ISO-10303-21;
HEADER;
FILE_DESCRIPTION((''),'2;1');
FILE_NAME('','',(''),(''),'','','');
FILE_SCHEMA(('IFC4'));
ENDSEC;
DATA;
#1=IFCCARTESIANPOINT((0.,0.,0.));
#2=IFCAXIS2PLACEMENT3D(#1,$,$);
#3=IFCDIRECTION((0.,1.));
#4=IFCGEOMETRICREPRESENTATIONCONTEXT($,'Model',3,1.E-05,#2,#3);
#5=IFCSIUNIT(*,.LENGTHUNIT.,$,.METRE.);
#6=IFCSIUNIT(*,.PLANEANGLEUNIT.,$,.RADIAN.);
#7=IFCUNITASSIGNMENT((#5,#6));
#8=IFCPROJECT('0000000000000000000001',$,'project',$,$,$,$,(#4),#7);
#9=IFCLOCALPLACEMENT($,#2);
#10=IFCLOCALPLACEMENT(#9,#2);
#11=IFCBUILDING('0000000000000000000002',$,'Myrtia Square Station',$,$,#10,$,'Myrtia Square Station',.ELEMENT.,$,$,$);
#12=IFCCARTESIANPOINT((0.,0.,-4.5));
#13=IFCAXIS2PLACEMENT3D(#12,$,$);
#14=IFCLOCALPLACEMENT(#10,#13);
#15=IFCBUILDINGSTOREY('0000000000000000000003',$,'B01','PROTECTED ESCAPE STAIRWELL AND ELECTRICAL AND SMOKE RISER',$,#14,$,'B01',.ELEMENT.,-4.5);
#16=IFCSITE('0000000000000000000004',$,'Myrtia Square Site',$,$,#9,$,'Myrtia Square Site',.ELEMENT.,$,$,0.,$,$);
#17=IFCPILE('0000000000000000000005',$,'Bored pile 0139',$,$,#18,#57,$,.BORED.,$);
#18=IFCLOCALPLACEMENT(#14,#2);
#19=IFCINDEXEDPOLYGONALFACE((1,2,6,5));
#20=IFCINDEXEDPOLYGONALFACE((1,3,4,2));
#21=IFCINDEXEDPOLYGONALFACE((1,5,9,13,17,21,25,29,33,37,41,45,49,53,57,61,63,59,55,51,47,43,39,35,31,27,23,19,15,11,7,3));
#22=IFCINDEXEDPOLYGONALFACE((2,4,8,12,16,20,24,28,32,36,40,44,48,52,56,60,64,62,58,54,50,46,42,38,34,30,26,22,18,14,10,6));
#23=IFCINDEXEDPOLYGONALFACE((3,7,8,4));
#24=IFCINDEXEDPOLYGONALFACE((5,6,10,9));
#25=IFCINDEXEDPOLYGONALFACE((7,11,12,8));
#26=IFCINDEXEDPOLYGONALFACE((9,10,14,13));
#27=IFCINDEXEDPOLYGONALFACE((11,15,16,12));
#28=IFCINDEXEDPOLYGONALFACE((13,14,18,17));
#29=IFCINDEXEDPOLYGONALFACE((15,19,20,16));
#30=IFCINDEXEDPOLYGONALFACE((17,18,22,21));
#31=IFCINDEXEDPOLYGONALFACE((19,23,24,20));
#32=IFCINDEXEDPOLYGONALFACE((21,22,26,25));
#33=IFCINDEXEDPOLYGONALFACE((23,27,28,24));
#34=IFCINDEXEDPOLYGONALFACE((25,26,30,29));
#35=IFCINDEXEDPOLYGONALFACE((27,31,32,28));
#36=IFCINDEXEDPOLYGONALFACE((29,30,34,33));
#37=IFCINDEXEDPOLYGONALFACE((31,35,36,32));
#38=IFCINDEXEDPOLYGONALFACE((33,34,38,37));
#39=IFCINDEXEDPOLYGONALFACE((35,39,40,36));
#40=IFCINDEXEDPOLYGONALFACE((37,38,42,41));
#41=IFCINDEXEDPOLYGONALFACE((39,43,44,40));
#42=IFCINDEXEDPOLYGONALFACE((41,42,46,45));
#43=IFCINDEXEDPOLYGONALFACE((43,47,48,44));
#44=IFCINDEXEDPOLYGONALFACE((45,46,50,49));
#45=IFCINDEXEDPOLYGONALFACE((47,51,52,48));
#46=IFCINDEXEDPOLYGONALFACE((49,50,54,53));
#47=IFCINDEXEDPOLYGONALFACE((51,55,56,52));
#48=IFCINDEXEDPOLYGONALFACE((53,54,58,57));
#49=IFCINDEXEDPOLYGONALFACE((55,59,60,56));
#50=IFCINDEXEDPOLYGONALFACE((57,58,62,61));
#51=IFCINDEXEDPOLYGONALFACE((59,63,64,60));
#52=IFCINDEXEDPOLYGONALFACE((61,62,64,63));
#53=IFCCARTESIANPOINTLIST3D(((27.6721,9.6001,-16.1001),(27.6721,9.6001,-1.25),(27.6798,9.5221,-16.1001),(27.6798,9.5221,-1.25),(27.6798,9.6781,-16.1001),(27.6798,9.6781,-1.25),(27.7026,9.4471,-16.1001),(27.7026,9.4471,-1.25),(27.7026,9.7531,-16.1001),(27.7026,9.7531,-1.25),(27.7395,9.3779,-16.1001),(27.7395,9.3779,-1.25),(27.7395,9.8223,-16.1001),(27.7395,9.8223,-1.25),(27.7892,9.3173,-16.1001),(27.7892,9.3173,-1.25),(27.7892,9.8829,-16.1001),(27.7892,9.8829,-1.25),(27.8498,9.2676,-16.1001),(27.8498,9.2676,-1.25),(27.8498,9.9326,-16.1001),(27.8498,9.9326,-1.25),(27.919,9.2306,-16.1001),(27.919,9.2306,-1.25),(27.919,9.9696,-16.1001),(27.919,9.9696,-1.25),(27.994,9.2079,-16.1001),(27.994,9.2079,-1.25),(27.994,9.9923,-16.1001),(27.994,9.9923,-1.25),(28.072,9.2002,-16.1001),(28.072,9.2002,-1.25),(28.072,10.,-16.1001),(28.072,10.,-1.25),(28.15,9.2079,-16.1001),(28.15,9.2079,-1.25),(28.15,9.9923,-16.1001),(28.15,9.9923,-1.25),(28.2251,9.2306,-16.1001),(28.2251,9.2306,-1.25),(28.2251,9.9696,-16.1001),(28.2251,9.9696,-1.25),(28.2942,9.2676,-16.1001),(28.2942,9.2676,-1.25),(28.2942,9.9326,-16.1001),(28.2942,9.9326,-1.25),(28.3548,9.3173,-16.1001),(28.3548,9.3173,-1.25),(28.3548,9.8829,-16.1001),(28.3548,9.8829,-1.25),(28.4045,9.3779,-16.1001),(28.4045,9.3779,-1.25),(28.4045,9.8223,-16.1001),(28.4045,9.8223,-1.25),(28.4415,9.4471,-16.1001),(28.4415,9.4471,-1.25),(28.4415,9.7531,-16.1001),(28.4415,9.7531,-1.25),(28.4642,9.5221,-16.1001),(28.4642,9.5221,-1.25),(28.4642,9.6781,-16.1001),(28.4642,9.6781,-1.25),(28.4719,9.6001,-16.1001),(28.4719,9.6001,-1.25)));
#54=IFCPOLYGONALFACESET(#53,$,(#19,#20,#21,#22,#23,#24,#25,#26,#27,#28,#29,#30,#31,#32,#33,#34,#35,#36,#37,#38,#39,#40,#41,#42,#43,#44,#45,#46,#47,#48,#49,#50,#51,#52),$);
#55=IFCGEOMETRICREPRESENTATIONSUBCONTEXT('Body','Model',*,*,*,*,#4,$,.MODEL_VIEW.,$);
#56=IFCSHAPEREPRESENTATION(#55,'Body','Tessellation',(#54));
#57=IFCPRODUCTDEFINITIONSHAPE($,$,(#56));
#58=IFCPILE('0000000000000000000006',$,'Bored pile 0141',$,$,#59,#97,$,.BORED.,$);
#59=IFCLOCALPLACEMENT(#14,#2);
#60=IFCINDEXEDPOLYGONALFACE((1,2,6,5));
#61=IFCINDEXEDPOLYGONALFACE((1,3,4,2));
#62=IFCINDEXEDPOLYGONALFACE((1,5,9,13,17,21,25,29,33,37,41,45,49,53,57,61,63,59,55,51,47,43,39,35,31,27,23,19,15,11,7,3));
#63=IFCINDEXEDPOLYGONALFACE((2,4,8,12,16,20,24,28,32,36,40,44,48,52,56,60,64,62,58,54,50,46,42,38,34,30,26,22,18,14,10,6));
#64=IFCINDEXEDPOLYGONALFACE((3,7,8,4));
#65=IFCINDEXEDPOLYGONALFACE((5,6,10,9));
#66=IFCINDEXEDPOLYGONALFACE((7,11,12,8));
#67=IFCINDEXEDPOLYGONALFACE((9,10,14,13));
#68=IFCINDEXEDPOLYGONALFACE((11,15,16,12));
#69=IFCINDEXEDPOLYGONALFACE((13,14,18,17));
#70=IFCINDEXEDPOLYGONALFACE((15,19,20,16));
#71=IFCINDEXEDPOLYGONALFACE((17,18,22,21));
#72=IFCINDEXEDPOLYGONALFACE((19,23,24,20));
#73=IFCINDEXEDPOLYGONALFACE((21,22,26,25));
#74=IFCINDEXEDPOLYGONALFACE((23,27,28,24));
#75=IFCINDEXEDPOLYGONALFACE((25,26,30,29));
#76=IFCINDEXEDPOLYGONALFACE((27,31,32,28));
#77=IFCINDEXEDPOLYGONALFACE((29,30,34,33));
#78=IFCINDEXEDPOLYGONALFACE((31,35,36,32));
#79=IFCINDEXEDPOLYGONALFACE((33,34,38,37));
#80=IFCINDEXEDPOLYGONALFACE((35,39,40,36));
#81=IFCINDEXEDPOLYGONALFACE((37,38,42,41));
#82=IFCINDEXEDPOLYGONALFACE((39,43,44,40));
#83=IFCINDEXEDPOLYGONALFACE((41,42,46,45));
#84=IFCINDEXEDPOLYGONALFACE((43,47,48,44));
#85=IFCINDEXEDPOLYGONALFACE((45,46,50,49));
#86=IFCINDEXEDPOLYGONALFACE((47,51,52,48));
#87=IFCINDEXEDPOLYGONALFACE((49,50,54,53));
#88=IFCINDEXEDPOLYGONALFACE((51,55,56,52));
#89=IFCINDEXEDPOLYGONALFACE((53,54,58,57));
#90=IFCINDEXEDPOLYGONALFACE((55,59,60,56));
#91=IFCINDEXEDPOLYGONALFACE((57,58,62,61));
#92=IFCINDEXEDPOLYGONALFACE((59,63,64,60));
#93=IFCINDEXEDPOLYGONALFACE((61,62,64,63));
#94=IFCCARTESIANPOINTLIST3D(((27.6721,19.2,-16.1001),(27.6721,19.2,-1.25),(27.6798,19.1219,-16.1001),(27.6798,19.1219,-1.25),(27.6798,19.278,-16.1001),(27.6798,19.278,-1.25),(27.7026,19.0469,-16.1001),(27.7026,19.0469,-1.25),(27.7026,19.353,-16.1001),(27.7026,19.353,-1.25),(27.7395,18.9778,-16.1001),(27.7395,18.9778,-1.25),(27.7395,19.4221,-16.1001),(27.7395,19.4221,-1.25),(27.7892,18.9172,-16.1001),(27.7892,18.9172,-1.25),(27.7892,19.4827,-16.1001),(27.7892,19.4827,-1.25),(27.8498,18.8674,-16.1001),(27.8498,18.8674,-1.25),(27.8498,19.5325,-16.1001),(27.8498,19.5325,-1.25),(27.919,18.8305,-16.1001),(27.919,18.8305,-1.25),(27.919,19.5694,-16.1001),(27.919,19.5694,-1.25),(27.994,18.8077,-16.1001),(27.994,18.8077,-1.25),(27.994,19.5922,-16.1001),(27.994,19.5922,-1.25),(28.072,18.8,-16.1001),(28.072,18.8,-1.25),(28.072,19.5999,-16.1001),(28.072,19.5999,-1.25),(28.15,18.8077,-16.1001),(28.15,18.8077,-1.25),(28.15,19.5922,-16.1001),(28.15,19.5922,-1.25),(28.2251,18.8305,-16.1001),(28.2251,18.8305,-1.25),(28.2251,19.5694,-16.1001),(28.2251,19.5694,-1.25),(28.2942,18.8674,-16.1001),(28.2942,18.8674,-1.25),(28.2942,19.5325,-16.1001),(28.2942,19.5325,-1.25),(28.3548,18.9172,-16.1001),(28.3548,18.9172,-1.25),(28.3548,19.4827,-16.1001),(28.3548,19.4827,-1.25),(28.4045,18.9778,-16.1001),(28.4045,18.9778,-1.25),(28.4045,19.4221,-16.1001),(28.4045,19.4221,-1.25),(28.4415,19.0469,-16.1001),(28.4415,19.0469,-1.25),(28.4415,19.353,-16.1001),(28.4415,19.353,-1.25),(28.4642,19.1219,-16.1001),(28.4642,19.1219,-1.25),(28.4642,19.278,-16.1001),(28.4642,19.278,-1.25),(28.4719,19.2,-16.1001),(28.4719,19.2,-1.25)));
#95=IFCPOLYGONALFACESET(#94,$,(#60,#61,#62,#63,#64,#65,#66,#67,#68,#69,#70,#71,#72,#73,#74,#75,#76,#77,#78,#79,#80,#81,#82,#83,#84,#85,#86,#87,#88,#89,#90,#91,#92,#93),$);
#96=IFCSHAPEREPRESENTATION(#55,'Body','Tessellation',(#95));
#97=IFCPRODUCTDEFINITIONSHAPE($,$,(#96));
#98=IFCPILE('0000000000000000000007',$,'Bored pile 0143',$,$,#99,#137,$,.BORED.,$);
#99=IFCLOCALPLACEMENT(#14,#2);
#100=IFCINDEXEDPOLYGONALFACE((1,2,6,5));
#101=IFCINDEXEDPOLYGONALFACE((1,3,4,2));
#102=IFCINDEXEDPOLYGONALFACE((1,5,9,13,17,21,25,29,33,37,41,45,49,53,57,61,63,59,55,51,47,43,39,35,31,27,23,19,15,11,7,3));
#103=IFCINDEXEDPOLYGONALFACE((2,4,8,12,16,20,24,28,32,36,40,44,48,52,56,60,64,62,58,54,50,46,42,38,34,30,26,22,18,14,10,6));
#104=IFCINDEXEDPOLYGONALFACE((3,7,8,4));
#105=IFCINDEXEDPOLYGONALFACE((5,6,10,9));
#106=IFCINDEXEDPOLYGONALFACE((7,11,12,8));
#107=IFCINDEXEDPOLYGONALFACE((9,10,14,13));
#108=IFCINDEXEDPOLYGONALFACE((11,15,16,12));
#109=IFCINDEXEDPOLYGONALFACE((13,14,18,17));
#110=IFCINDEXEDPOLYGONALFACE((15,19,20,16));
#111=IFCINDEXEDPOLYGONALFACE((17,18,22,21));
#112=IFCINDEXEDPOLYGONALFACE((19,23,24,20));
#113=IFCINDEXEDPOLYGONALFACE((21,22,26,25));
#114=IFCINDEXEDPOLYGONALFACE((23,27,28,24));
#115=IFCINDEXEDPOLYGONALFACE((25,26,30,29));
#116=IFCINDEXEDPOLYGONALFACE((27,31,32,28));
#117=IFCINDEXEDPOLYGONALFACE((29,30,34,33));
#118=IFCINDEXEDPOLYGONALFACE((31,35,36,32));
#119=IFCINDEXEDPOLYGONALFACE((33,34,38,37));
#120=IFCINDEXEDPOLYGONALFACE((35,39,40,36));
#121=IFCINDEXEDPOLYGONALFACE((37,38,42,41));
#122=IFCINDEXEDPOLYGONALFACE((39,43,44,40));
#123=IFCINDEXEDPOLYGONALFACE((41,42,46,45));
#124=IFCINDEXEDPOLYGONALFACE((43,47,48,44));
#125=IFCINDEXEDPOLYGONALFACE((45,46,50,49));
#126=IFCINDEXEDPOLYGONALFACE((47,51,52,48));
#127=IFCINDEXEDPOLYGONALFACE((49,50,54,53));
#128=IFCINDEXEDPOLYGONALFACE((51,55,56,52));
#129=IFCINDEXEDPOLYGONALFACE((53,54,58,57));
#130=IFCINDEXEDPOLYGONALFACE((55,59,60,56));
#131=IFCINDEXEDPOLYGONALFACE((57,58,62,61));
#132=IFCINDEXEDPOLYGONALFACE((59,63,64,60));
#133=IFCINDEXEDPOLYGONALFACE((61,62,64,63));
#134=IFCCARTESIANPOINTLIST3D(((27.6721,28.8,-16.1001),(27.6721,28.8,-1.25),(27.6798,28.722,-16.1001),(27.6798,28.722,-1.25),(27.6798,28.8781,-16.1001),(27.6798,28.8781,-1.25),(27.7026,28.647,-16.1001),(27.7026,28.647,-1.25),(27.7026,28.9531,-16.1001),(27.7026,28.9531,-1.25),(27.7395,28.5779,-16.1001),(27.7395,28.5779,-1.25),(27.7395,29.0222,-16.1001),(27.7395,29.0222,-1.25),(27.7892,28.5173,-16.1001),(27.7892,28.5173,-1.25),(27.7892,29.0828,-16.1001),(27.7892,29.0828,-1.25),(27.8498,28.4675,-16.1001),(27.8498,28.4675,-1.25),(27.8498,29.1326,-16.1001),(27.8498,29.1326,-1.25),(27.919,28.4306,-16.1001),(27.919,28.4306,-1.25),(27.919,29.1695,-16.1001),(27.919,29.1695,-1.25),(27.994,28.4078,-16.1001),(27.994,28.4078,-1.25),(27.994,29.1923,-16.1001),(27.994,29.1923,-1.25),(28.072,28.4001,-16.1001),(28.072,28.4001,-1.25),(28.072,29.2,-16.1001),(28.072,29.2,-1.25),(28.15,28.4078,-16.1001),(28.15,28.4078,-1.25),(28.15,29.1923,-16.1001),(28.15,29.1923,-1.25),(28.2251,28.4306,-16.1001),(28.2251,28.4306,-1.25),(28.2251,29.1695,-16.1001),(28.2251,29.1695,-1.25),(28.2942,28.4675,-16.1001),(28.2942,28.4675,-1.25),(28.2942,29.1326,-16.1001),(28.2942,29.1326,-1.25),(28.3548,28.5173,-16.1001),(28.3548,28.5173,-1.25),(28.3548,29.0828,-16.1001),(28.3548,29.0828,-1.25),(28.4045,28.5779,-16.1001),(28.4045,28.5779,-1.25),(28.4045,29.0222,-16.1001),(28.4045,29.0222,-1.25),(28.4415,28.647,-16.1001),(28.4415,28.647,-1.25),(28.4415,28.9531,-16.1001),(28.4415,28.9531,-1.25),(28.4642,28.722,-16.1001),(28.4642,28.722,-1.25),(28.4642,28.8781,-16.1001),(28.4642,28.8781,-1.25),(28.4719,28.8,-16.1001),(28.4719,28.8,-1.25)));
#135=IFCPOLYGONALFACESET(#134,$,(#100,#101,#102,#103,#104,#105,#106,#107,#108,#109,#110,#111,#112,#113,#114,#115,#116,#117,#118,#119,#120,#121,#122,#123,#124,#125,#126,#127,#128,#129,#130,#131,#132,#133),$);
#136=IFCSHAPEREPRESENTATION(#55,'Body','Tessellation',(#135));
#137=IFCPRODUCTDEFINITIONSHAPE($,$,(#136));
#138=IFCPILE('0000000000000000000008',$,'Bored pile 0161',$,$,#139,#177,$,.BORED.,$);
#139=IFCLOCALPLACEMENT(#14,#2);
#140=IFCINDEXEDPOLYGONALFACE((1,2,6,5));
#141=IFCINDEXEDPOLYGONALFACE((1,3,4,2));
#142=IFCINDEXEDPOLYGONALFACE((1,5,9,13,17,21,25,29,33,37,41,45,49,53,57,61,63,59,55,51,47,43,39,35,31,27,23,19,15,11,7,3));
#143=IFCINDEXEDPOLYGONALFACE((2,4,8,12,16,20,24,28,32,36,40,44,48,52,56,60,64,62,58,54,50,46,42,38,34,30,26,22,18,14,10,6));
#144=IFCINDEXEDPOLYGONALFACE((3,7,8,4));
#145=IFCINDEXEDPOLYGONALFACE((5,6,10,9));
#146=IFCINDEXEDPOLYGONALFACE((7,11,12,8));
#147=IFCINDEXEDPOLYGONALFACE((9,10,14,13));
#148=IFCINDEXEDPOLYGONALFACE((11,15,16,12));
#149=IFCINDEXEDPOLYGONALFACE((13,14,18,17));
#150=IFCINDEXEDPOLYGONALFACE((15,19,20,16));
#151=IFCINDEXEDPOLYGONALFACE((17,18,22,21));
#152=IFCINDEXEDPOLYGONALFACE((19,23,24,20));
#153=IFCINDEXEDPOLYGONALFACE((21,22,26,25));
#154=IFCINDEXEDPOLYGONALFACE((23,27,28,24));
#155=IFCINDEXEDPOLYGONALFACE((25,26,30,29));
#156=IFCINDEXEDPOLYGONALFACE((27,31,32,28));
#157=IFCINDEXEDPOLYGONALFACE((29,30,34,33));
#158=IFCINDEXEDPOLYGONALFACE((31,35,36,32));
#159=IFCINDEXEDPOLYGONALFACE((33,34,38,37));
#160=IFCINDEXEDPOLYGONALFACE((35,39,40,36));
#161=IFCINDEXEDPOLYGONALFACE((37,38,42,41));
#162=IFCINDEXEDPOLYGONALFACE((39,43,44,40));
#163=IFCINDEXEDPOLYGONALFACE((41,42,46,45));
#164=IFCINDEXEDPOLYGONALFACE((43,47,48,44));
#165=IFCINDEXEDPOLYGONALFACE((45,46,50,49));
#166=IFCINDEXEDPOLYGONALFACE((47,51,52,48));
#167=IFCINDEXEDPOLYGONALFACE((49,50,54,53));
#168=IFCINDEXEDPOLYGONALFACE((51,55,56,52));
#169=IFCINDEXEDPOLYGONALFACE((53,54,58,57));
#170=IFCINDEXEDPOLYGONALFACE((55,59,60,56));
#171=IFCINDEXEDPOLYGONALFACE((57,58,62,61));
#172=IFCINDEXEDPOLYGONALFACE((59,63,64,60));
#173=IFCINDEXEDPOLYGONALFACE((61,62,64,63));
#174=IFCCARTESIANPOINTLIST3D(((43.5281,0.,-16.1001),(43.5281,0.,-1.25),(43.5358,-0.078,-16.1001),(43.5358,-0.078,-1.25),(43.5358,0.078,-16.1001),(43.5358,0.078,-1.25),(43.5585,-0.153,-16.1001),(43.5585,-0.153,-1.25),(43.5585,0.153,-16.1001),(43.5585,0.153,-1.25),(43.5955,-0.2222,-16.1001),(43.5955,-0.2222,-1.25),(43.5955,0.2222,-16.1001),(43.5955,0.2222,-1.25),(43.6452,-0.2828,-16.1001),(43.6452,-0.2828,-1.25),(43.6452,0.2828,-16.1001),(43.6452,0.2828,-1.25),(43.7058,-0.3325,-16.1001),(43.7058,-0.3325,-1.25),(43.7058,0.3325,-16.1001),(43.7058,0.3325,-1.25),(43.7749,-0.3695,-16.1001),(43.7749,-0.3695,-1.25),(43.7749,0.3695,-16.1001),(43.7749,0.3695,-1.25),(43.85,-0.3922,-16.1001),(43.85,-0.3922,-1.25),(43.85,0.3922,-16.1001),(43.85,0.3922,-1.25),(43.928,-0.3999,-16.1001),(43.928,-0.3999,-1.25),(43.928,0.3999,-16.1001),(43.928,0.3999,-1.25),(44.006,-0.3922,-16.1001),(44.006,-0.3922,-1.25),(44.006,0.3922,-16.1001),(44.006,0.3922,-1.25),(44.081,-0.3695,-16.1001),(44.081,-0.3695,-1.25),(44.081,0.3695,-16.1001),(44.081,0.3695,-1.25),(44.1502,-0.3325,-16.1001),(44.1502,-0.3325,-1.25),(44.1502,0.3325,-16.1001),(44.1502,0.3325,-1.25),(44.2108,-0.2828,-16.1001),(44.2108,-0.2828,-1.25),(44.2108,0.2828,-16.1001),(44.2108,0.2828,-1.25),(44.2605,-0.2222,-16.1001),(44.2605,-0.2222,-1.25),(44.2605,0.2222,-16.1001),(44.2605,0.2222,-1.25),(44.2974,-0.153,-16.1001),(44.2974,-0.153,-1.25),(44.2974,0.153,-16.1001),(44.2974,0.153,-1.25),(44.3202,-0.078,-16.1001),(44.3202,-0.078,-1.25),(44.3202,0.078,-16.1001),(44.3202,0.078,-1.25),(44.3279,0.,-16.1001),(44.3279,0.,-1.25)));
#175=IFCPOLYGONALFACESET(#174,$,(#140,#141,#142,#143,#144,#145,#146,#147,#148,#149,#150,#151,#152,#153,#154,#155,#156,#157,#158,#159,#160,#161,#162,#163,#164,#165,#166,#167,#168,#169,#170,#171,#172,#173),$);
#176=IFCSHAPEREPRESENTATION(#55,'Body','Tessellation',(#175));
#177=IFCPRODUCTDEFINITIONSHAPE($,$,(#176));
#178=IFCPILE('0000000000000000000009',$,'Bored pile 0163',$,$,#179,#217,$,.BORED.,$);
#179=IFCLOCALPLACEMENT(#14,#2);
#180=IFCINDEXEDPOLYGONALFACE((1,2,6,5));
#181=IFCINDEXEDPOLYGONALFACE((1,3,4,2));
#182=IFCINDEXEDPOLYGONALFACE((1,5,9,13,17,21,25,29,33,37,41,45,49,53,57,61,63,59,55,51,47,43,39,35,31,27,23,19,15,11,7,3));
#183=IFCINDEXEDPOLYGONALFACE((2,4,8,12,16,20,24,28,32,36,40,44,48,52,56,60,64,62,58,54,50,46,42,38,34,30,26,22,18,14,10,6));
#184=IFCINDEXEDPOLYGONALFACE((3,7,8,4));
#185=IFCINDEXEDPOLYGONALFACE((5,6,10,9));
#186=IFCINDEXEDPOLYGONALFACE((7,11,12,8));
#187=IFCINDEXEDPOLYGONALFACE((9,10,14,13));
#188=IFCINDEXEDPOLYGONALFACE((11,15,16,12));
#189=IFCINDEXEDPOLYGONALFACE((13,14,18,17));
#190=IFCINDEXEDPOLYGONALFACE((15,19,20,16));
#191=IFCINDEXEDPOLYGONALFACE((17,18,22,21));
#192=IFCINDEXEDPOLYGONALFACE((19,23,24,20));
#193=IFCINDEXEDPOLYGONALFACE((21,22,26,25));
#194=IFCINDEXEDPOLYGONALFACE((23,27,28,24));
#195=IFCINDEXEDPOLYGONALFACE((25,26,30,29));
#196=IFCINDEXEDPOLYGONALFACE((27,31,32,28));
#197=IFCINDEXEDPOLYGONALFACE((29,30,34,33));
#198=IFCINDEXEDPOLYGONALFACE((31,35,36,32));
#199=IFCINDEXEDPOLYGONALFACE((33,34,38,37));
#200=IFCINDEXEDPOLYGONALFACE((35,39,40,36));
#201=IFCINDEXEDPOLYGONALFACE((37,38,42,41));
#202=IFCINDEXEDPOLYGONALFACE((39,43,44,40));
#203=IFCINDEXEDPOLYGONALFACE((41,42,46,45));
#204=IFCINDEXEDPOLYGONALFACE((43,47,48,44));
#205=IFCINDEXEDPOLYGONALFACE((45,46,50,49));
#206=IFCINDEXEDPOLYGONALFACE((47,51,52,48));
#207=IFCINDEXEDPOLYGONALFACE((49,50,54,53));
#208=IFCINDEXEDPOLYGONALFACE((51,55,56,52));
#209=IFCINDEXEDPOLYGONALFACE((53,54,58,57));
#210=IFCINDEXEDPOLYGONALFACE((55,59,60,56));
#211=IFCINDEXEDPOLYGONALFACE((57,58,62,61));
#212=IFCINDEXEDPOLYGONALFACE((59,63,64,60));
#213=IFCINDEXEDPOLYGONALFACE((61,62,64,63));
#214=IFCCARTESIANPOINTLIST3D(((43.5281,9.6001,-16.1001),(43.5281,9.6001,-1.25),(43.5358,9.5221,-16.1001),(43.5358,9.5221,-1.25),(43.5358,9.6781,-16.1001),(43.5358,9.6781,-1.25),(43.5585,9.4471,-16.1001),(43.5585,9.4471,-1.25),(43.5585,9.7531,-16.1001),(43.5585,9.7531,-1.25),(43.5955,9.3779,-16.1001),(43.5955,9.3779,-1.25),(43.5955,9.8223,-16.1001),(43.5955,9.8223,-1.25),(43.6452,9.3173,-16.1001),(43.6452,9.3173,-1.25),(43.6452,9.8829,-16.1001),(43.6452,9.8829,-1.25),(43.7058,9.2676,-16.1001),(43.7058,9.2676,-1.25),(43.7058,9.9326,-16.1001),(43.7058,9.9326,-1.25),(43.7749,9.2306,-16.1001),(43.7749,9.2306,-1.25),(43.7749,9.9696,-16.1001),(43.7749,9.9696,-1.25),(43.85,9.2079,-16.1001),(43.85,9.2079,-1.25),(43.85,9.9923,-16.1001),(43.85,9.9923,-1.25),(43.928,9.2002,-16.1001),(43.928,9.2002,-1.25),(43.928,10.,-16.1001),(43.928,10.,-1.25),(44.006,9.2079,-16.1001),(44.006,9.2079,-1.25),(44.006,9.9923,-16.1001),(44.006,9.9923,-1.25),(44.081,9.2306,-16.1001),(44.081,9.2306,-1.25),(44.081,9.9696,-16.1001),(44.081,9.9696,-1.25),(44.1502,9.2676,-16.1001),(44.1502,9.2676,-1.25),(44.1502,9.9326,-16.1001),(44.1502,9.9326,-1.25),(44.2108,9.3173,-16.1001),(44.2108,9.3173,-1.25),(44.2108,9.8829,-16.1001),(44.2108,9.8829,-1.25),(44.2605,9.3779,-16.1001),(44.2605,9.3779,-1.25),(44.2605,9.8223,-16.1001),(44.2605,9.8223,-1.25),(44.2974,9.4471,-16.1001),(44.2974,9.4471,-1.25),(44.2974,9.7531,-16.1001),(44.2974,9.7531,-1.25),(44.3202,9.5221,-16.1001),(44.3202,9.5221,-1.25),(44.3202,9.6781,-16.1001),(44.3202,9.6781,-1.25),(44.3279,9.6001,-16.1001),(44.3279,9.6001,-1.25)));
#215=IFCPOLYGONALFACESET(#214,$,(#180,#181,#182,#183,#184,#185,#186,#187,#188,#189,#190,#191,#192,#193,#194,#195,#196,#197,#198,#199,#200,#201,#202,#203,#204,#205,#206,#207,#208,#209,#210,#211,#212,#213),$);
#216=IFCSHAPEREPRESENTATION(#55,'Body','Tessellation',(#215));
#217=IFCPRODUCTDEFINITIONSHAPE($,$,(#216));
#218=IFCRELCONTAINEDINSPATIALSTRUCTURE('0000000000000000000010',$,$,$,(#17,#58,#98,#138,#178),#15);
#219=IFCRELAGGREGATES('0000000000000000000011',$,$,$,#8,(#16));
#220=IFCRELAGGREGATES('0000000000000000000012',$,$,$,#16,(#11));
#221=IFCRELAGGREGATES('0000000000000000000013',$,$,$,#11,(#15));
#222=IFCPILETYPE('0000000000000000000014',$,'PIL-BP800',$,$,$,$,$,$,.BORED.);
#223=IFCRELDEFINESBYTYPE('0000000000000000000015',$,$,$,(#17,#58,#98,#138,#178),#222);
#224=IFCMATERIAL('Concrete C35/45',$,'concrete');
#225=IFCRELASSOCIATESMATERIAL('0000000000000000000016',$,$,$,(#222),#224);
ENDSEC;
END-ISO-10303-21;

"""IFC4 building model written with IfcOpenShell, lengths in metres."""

from ifc_helpers import new_model, si_unit, direction, frame, origin, origin_2d, place, context, subcontext, project, spatial, circle, extrude, material, material_profile, profile_set, type_object, element, save


model = new_model("IFC4")

# Units and contexts
model_context = context("Model", 3, precision=1e-05, world=origin(), true_north=direction((0.0, 1.0)))
body_context = subcontext(model_context, "Body", "Model", "MODEL_VIEW")
ifc_project = project(units=[si_unit("LENGTHUNIT", "METRE"), si_unit("PLANEANGLEUNIT", "RADIAN")], contexts=[model_context])

# Site, building, storey
site_placement = place(None, origin())
site = spatial("IfcSite", under=ifc_project, at=site_placement, Name="Myrtia Square Site", LongName="Myrtia Square Site", CompositionType="ELEMENT", RefElevation=0.0)
building_placement = place(site_placement, origin())
building = spatial("IfcBuilding", under=site, at=building_placement, Name="Myrtia Square Station", LongName="Myrtia Square Station", CompositionType="ELEMENT")
storey_placement = place(building_placement, frame((0.0, 0.0, -4.5)))
storey = spatial("IfcBuildingStorey", under=building, at=storey_placement, Name="B01", Description="PROTECTED ESCAPE STAIRWELL AND ELECTRICAL AND SMOKE RISER", LongName="B01", CompositionType="ELEMENT", Elevation=-4.5)

# Shared definitions
ifc_material_1 = material(Name="Concrete C35/45", Category="concrete")

# Piles
ifc_material_profile_1 = material_profile(ifc_material_1, circle(Radius=0.3999, at=origin_2d()), Name="BP D800")
ifc_profile_set_1 = profile_set([ifc_material_profile_1], Name="Concrete C35/45")
pile_type = type_object("IfcPileType", Name="PIL-BP800", PredefinedType="BORED", material=ifc_profile_set_1)
for number, where, z_axis, x_axis, name in (
    (1, (28.072, 9.6001, -1.25), (0.0, 0.0, -1.0), (1.0, 0.0, 0.0), "Bored pile 0139"),
    (2, (28.072, 19.2, -1.25), (0.0, 0.0, -1.0), (1.0, 0.0, 0.0), "Bored pile 0141"),
    (3, (28.072, 28.8, -1.25), (0.0, 0.0, -1.0), (1.0, 0.0, 0.0), "Bored pile 0143"),
    (4, (43.928, 0.0, -1.25), (0.0, 0.0, -1.0), (1.0, 0.0, 0.0), "Bored pile 0161"),
    (5, (43.928, 9.6001, -1.25), (0.0, 0.0, -1.0), (1.0, 0.0, 0.0), "Bored pile 0163"),
):
    element("IfcPile", number, at=place(storey_placement, frame(where, z_axis=z_axis, x_axis=x_axis)), inside=storey, type_object=pile_type, Name=name, PredefinedType="BORED", context=body_context, shape_type="SweptSolid", body=[
        extrude(circle(Radius=0.3999, at=origin_2d()), origin(), (0.0, 0.0, 1.0), 14.8501),
    ])

save(model, "model.ifc")
